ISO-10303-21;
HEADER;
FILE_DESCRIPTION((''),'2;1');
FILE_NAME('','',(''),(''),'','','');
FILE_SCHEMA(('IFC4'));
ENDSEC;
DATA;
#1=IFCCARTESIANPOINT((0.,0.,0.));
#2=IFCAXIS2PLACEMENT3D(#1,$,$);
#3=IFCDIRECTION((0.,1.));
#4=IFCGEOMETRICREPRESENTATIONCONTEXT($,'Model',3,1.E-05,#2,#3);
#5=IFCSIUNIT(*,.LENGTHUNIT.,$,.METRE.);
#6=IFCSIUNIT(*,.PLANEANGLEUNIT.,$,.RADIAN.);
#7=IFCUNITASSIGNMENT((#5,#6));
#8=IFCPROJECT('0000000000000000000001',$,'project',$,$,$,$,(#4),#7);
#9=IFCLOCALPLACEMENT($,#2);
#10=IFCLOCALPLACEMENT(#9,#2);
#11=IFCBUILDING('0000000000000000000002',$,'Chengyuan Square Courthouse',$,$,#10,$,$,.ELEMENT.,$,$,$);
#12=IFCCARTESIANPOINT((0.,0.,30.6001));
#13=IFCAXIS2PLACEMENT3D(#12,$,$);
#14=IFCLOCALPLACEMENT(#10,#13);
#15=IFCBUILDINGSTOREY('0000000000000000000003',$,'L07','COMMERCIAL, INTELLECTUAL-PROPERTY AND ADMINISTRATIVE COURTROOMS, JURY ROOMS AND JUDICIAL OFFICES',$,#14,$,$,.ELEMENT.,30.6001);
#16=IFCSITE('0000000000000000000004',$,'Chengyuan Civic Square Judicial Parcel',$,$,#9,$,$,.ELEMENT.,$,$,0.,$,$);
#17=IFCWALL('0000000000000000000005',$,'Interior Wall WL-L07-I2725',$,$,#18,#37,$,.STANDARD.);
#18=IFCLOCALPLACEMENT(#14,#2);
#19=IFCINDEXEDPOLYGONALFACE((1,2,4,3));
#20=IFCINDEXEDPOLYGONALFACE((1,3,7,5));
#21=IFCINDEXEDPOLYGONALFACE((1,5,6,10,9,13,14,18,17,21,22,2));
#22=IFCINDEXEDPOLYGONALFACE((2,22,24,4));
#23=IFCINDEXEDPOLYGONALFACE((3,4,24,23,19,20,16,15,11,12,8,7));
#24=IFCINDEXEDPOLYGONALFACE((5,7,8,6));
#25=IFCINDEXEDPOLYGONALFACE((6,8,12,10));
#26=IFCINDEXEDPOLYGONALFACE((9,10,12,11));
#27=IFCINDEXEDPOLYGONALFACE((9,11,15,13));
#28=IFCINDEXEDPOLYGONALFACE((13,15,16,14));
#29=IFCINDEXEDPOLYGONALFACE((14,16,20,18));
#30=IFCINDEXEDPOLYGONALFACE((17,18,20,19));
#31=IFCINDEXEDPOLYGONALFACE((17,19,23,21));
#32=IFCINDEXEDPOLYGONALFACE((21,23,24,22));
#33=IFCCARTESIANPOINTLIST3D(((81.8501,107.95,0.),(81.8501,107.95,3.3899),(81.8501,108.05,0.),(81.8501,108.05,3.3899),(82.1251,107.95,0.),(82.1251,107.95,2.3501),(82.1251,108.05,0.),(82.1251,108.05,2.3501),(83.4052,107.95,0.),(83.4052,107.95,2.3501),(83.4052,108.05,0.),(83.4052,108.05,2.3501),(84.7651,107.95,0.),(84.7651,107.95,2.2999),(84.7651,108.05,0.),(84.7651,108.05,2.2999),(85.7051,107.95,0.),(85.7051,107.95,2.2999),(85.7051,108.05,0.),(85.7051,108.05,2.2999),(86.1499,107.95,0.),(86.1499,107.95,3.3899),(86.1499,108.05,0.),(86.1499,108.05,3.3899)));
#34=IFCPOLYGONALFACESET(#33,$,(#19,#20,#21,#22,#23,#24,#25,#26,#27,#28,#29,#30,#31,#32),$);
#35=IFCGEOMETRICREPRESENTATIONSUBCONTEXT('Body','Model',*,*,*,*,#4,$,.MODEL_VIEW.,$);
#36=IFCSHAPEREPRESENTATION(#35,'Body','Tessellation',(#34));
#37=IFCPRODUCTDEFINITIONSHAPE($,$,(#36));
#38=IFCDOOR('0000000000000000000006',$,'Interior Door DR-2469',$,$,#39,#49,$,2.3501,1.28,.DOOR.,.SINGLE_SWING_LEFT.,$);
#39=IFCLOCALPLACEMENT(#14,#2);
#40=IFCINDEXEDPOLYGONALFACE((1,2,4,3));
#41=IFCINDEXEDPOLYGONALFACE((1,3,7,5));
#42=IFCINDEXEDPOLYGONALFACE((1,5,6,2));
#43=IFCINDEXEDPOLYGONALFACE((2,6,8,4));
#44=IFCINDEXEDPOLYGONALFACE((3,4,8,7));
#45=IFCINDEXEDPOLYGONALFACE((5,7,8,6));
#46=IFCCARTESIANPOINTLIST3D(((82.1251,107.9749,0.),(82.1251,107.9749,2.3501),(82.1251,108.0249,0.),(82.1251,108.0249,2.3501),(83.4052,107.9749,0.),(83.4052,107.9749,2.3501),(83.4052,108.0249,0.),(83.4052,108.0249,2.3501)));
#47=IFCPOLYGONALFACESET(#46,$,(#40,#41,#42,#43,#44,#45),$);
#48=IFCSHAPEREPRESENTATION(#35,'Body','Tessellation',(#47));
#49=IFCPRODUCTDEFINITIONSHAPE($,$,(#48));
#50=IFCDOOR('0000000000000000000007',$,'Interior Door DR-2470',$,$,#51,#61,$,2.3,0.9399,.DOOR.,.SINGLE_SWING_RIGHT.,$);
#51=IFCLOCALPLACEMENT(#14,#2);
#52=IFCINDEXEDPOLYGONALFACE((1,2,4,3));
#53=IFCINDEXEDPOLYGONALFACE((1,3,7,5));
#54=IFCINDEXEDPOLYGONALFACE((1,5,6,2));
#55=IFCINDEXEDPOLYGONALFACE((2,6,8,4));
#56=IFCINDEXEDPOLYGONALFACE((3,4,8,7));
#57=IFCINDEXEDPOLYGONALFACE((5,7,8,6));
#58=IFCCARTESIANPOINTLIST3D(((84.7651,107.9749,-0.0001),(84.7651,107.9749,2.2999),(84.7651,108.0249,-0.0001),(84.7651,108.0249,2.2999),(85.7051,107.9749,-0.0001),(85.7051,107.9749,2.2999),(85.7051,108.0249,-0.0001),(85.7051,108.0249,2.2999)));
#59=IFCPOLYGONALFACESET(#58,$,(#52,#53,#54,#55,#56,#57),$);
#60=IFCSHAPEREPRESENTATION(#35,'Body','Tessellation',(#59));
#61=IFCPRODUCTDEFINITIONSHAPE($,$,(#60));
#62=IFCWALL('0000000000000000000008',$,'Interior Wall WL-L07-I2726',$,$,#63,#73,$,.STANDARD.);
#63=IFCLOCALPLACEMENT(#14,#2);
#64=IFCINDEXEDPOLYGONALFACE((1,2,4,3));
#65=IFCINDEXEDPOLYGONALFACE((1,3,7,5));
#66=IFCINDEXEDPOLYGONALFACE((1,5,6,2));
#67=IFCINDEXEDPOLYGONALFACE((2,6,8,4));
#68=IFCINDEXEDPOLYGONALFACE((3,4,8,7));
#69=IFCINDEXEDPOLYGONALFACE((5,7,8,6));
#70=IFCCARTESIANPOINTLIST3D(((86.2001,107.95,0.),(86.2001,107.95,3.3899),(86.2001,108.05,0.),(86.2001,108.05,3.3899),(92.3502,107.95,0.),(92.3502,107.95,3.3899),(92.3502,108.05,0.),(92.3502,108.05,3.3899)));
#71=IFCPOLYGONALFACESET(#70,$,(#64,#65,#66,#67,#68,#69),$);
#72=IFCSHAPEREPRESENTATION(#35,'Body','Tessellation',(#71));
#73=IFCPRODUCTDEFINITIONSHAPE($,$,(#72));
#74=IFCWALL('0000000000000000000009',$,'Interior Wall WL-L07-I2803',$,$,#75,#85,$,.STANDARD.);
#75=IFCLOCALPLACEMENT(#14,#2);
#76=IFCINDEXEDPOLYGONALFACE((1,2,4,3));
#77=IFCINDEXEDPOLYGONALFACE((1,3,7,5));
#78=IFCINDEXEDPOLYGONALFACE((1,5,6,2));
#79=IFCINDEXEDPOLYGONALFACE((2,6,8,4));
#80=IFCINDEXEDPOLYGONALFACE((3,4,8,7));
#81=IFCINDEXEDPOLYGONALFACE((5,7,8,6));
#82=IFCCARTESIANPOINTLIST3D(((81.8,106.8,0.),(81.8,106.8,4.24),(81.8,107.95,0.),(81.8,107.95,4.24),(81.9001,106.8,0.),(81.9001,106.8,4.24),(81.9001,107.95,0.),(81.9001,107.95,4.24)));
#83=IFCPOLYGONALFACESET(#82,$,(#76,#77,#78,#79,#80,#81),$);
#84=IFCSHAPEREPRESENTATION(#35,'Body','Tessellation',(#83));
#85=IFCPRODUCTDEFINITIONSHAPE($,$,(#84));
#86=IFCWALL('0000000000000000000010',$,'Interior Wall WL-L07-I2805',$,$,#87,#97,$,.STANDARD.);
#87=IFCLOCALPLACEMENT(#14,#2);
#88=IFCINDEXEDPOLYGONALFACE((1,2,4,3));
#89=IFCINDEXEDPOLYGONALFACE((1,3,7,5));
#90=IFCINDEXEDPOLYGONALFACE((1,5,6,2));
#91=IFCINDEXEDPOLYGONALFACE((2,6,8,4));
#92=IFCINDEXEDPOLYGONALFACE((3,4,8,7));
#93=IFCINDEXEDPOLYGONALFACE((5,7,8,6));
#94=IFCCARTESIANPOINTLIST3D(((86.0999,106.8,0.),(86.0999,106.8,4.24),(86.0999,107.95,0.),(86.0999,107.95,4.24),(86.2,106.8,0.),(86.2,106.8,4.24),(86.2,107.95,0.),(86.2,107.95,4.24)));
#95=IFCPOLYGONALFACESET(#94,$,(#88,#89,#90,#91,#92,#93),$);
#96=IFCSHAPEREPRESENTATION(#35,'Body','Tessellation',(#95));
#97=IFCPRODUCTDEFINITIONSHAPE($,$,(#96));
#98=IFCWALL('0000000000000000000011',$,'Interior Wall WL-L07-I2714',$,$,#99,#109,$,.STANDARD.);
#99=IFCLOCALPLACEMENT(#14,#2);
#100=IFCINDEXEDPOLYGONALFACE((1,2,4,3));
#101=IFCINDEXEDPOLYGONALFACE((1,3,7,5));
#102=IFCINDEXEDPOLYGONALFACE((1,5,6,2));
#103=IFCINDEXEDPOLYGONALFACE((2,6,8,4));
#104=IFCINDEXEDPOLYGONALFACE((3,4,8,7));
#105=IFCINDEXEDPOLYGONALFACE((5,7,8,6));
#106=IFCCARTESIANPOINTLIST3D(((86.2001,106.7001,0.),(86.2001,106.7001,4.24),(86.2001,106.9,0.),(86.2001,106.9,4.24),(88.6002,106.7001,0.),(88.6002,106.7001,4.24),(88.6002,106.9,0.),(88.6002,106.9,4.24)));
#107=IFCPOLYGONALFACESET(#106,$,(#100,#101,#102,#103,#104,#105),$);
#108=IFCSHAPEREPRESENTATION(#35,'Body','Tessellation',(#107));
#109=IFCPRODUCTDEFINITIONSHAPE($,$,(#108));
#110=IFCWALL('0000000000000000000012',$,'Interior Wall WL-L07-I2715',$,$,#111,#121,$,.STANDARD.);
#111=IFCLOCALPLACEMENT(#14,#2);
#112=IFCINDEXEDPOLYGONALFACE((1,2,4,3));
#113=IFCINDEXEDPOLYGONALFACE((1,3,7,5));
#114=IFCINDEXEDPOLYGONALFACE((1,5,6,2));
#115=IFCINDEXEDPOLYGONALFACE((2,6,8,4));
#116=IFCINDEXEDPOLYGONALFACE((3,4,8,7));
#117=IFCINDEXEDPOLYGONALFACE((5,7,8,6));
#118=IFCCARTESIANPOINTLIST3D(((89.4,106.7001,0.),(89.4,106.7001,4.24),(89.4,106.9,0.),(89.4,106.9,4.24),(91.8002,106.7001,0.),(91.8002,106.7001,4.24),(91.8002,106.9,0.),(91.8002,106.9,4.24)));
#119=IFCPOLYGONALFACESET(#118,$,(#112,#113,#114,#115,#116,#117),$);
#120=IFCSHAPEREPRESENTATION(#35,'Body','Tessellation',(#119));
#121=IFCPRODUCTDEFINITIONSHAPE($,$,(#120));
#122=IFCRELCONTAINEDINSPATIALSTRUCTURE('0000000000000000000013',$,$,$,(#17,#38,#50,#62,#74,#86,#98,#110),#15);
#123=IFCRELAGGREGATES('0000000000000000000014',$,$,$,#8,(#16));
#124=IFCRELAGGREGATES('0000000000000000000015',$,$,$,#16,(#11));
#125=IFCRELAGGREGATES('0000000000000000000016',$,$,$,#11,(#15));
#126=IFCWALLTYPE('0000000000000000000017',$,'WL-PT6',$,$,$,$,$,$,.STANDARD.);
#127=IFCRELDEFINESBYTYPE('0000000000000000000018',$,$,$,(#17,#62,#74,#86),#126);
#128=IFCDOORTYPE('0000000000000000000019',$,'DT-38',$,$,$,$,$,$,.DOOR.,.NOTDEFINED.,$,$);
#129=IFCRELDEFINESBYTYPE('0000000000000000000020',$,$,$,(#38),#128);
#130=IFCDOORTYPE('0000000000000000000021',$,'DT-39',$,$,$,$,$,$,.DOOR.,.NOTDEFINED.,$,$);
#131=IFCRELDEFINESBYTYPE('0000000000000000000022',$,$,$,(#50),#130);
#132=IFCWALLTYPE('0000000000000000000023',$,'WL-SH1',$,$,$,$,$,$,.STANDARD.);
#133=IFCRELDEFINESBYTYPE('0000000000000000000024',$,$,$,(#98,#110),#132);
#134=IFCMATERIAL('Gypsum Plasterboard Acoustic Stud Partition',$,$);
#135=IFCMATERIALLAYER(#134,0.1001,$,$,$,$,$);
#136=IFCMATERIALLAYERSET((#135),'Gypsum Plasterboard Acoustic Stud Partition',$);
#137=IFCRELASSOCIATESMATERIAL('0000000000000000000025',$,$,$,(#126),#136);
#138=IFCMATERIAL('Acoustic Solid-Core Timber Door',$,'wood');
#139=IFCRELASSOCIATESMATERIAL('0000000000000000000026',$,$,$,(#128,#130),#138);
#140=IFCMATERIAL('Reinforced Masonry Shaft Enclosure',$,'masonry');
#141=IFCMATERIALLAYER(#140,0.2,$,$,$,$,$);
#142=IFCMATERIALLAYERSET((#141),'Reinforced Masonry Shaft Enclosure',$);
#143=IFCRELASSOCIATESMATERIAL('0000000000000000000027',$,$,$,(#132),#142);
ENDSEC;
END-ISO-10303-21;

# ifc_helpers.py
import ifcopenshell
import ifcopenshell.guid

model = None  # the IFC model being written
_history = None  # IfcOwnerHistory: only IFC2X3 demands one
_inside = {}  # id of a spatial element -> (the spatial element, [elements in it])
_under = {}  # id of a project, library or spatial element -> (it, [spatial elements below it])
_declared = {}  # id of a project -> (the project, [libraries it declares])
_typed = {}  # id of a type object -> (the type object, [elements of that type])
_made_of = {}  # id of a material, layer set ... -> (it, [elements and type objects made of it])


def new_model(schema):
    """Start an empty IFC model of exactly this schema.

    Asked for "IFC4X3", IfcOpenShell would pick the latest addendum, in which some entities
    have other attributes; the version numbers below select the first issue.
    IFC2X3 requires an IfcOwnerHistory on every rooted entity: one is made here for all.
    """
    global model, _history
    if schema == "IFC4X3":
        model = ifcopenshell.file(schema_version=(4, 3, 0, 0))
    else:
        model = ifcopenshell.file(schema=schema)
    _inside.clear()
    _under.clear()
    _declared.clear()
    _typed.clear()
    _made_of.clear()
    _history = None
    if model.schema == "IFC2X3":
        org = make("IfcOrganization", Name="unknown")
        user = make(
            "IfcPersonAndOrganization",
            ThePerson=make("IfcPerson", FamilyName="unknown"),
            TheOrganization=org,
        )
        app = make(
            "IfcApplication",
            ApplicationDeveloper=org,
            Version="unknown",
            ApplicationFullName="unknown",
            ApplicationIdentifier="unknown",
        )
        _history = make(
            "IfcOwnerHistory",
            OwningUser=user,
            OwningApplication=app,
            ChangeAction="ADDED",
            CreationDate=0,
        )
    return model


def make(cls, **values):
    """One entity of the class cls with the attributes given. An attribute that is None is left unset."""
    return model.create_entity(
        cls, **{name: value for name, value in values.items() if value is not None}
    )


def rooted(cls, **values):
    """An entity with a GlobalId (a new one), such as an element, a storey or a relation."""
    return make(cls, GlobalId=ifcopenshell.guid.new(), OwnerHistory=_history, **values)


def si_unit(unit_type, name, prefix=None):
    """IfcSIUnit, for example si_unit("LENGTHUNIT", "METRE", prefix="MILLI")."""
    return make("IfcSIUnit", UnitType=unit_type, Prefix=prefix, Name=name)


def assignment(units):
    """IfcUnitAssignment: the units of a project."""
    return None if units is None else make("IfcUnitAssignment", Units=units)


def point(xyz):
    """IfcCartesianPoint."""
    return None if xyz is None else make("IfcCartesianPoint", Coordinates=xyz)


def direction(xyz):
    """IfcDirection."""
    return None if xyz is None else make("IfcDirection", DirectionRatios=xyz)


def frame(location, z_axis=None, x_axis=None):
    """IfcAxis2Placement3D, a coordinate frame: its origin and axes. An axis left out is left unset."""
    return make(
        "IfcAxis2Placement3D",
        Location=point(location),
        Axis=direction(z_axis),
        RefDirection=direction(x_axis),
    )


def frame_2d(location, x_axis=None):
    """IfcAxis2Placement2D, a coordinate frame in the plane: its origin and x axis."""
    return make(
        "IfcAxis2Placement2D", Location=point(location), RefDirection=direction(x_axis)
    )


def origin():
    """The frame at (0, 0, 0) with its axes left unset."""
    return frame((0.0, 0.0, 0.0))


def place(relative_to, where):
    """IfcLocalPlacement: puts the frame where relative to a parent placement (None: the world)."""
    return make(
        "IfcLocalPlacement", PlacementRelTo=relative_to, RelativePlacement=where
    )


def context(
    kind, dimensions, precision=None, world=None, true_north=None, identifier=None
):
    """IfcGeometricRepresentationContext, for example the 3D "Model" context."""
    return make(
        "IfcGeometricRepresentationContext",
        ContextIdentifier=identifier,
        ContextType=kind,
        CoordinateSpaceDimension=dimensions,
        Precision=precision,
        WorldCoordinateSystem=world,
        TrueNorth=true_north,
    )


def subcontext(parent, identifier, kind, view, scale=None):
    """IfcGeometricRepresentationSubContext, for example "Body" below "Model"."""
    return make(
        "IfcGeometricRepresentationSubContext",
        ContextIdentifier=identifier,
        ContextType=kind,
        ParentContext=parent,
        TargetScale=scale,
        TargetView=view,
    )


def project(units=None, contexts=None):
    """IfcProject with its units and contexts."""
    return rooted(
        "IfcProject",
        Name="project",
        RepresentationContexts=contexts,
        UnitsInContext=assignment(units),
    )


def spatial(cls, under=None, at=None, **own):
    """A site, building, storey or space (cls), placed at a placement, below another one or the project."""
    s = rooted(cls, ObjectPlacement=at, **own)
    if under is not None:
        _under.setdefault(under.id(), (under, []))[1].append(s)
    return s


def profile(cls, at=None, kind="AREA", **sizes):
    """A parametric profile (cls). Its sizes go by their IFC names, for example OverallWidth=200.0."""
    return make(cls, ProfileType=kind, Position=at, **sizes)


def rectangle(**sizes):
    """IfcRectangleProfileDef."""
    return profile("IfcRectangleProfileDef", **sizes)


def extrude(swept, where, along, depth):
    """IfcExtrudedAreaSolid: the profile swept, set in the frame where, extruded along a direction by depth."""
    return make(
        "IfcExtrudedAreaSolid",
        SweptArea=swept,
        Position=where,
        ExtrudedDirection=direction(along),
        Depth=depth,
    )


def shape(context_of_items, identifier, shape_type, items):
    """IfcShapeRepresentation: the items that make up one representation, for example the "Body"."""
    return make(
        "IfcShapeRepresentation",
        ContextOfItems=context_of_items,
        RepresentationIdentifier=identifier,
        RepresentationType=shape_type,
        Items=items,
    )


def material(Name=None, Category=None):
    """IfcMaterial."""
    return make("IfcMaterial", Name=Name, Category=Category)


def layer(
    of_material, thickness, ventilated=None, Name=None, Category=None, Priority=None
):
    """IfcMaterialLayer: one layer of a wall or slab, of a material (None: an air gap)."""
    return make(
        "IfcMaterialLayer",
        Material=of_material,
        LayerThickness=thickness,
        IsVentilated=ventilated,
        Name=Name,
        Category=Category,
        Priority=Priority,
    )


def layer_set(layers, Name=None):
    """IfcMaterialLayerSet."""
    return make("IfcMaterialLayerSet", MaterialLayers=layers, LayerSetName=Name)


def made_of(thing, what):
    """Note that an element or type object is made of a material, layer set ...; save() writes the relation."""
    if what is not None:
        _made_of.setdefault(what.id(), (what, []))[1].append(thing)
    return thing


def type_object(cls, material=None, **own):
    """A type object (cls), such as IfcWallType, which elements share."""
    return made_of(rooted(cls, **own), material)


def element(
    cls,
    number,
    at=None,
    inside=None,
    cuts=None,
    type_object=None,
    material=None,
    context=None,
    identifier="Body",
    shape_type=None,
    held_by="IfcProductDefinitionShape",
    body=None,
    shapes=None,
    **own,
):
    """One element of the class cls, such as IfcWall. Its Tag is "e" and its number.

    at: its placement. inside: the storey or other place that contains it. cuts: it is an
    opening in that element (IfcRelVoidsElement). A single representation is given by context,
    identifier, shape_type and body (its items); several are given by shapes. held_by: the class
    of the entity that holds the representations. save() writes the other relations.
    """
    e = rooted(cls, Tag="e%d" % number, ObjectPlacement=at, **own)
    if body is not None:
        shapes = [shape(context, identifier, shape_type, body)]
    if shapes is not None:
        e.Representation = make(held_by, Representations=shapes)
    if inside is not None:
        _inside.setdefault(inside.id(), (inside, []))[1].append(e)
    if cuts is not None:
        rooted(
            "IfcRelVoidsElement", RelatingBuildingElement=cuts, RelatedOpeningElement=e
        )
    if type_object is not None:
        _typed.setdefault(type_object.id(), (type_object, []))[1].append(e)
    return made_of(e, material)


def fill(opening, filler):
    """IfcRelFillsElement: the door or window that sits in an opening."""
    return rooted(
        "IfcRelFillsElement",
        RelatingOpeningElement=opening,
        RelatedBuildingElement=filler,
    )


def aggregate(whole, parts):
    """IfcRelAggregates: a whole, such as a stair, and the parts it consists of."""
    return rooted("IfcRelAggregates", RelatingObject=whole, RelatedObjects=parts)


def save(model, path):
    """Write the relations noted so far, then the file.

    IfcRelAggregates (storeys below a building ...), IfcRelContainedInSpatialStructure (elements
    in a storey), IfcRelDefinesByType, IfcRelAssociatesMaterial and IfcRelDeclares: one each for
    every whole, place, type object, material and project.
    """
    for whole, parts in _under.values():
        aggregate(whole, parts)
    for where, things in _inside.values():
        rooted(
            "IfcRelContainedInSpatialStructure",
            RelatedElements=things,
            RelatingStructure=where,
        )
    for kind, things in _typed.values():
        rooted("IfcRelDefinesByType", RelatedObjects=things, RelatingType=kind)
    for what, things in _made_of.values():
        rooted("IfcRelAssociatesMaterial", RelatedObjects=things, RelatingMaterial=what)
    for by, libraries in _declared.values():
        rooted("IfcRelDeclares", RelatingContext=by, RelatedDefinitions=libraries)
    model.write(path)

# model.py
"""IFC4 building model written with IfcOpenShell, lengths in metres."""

from ifc_helpers import new_model, si_unit, direction, frame, frame_2d, origin, place, context, subcontext, project, spatial, rectangle, extrude, material, layer, layer_set, type_object, element, fill, save


model = new_model("IFC4")

# Units and contexts
model_context = context("Model", 3, precision=1e-05, world=origin(), true_north=direction((0.0, 1.0)))
body_context = subcontext(model_context, "Body", "Model", "MODEL_VIEW")
ifc_project = project(units=[si_unit("LENGTHUNIT", "METRE"), si_unit("PLANEANGLEUNIT", "RADIAN")], contexts=[model_context])

# Site, building, storey
site_placement = place(None, origin())
site = spatial("IfcSite", under=ifc_project, at=site_placement, Name="Chengyuan Civic Square Judicial Parcel", CompositionType="ELEMENT", RefElevation=0.0)
building_placement = place(site_placement, origin())
building = spatial("IfcBuilding", under=site, at=building_placement, Name="Chengyuan Square Courthouse", CompositionType="ELEMENT")
storey_placement = place(building_placement, frame((0.0, 0.0, 30.6001)))
storey = spatial("IfcBuildingStorey", under=building, at=storey_placement, Name="L07", Description="COMMERCIAL, INTELLECTUAL-PROPERTY AND ADMINISTRATIVE COURTROOMS, JURY ROOMS AND JUDICIAL OFFICES", CompositionType="ELEMENT", Elevation=30.6001)

# Wall, openings, doors
ifc_material_1 = material(Name="Gypsum Plasterboard Acoustic Stud Partition")
ifc_layer_1 = layer(ifc_material_1, 0.1001)
ifc_layer_set_1 = layer_set([ifc_layer_1], Name="Gypsum Plasterboard Acoustic Stud Partition")
wall_type_1 = type_object("IfcWallType", Name="WL-PT6", PredefinedType="STANDARD", material=ifc_layer_set_1)
wall_1_placement = place(storey_placement, frame((81.8501, 108.0, 0.0), z_axis=(0.0, 0.0, 1.0), x_axis=(1.0, 0.0, 0.0)))
wall_1 = element("IfcWall", 1, at=wall_1_placement, inside=storey, type_object=wall_type_1, Name="Interior Wall WL-L07-I2725", PredefinedType="STANDARD", context=body_context, shape_type="SweptSolid", body=[
    extrude(rectangle(XDim=4.2998, YDim=0.1001, at=frame_2d((2.1499, 0.0))), origin(), (0.0, 0.0, 1.0), 3.3899),
])
opening_1_placement = place(wall_1_placement, frame((0.2749, 0.0, 0.0)))
opening_1 = element("IfcOpeningElement", 2, at=opening_1_placement, cuts=wall_1, PredefinedType="OPENING", context=body_context, shape_type="SweptSolid", body=[
    extrude(rectangle(XDim=1.28, YDim=2.3501, at=frame_2d((0.6401, 1.175))), frame((0.0, 0.062, 0.0), z_axis=(0.0, -1.0, 0.0), x_axis=(1.0, 0.0, 0.0)), (0.0, 0.0, 1.0), 0.124),
])
opening_2_placement = place(wall_1_placement, frame((2.915, 0.0, 0.0)))
opening_2 = element("IfcOpeningElement", 3, at=opening_2_placement, cuts=wall_1, PredefinedType="OPENING", context=body_context, shape_type="SweptSolid", body=[
    extrude(rectangle(XDim=0.9399, YDim=2.3, at=frame_2d((0.47, 1.1499))), frame((0.0, 0.062, 0.0), z_axis=(0.0, -1.0, 0.0), x_axis=(1.0, 0.0, 0.0)), (0.0, 0.0, 1.0), 0.124),
])
ifc_material_2 = material(Name="Acoustic Solid-Core Timber Door", Category="wood")
door_type_1 = type_object("IfcDoorType", Name="DT-38", OperationType="NOTDEFINED", PredefinedType="DOOR", material=ifc_material_2)
door_1_placement = place(opening_1_placement, origin())
door_1 = element("IfcDoor", 4, at=door_1_placement, inside=storey, type_object=door_type_1, Name="Interior Door DR-2469", OperationType="SINGLE_SWING_LEFT", OverallHeight=2.3501, OverallWidth=1.28, PredefinedType="DOOR", context=body_context, shape_type="SweptSolid", body=[
    extrude(rectangle(XDim=1.28, YDim=2.3501, at=frame_2d((0.6401, 1.175))), frame((0.0, 0.0249, 0.0), z_axis=(0.0, -1.0, 0.0), x_axis=(1.0, 0.0, 0.0)), (0.0, 0.0, 1.0), 0.05),
])
fill(opening_1, door_1)
door_type_2 = type_object("IfcDoorType", Name="DT-39", OperationType="NOTDEFINED", PredefinedType="DOOR", material=ifc_material_2)
door_2_placement = place(opening_2_placement, origin())
door_2 = element("IfcDoor", 5, at=door_2_placement, inside=storey, type_object=door_type_2, Name="Interior Door DR-2470", OperationType="SINGLE_SWING_RIGHT", OverallHeight=2.3, OverallWidth=0.9399, PredefinedType="DOOR", context=body_context, shape_type="SweptSolid", body=[
    extrude(rectangle(XDim=0.9399, YDim=2.3, at=frame_2d((0.47, 1.1499))), frame((0.0, 0.0249, 0.0), z_axis=(0.0, -1.0, 0.0), x_axis=(1.0, 0.0, 0.0)), (0.0, 0.0, 1.0), 0.05),
])
fill(opening_2, door_2)

# Walls
wall_2_placement = place(storey_placement, frame((86.2, 108.0, 0.0), z_axis=(0.0, 0.0, 1.0), x_axis=(1.0, 0.0, 0.0)))
element("IfcWall", 6, at=wall_2_placement, inside=storey, type_object=wall_type_1, Name="Interior Wall WL-L07-I2726", PredefinedType="STANDARD", context=body_context, shape_type="SweptSolid", body=[
    extrude(rectangle(XDim=6.1501, YDim=0.1001, at=frame_2d((3.0752, 0.0))), origin(), (0.0, 0.0, 1.0), 3.3899),
])
for number, where, z_axis, x_axis, name in (
    (7, (81.8501, 106.8, 0.0), (0.0, 0.0, 1.0), (0.0, 1.0, 0.0), "Interior Wall WL-L07-I2803"),
    (8, (86.1499, 106.8, 0.0), (0.0, 0.0, 1.0), (0.0, 1.0, 0.0), "Interior Wall WL-L07-I2805"),
):
    element("IfcWall", number, at=place(storey_placement, frame(where, z_axis=z_axis, x_axis=x_axis)), inside=storey, type_object=wall_type_1, Name=name, PredefinedType="STANDARD", context=body_context, shape_type="SweptSolid", body=[
        extrude(rectangle(XDim=1.1499, YDim=0.1001, at=frame_2d((0.575, 0.0))), origin(), (0.0, 0.0, 1.0), 4.24),
    ])
ifc_material_3 = material(Name="Reinforced Masonry Shaft Enclosure", Category="masonry")
ifc_layer_2 = layer(ifc_material_3, 0.2)
ifc_layer_set_2 = layer_set([ifc_layer_2], Name="Reinforced Masonry Shaft Enclosure")
wall_type_2 = type_object("IfcWallType", Name="WL-SH1", PredefinedType="STANDARD", material=ifc_layer_set_2)
for number, where, z_axis, x_axis, name in (
    (9, (86.2, 106.8, 0.0), (0.0, 0.0, 1.0), (1.0, 0.0, 0.0), "Interior Wall WL-L07-I2714"),
    (10, (89.3999, 106.8, 0.0), (0.0, 0.0, 1.0), (1.0, 0.0, 0.0), "Interior Wall WL-L07-I2715"),
):
    element("IfcWall", number, at=place(storey_placement, frame(where, z_axis=z_axis, x_axis=x_axis)), inside=storey, type_object=wall_type_2, Name=name, PredefinedType="STANDARD", context=body_context, shape_type="SweptSolid", body=[
        extrude(rectangle(XDim=2.4001, YDim=0.2, at=frame_2d((1.2002, 0.0))), origin(), (0.0, 0.0, 1.0), 4.24),
    ])

save(model, "model.ifc")
